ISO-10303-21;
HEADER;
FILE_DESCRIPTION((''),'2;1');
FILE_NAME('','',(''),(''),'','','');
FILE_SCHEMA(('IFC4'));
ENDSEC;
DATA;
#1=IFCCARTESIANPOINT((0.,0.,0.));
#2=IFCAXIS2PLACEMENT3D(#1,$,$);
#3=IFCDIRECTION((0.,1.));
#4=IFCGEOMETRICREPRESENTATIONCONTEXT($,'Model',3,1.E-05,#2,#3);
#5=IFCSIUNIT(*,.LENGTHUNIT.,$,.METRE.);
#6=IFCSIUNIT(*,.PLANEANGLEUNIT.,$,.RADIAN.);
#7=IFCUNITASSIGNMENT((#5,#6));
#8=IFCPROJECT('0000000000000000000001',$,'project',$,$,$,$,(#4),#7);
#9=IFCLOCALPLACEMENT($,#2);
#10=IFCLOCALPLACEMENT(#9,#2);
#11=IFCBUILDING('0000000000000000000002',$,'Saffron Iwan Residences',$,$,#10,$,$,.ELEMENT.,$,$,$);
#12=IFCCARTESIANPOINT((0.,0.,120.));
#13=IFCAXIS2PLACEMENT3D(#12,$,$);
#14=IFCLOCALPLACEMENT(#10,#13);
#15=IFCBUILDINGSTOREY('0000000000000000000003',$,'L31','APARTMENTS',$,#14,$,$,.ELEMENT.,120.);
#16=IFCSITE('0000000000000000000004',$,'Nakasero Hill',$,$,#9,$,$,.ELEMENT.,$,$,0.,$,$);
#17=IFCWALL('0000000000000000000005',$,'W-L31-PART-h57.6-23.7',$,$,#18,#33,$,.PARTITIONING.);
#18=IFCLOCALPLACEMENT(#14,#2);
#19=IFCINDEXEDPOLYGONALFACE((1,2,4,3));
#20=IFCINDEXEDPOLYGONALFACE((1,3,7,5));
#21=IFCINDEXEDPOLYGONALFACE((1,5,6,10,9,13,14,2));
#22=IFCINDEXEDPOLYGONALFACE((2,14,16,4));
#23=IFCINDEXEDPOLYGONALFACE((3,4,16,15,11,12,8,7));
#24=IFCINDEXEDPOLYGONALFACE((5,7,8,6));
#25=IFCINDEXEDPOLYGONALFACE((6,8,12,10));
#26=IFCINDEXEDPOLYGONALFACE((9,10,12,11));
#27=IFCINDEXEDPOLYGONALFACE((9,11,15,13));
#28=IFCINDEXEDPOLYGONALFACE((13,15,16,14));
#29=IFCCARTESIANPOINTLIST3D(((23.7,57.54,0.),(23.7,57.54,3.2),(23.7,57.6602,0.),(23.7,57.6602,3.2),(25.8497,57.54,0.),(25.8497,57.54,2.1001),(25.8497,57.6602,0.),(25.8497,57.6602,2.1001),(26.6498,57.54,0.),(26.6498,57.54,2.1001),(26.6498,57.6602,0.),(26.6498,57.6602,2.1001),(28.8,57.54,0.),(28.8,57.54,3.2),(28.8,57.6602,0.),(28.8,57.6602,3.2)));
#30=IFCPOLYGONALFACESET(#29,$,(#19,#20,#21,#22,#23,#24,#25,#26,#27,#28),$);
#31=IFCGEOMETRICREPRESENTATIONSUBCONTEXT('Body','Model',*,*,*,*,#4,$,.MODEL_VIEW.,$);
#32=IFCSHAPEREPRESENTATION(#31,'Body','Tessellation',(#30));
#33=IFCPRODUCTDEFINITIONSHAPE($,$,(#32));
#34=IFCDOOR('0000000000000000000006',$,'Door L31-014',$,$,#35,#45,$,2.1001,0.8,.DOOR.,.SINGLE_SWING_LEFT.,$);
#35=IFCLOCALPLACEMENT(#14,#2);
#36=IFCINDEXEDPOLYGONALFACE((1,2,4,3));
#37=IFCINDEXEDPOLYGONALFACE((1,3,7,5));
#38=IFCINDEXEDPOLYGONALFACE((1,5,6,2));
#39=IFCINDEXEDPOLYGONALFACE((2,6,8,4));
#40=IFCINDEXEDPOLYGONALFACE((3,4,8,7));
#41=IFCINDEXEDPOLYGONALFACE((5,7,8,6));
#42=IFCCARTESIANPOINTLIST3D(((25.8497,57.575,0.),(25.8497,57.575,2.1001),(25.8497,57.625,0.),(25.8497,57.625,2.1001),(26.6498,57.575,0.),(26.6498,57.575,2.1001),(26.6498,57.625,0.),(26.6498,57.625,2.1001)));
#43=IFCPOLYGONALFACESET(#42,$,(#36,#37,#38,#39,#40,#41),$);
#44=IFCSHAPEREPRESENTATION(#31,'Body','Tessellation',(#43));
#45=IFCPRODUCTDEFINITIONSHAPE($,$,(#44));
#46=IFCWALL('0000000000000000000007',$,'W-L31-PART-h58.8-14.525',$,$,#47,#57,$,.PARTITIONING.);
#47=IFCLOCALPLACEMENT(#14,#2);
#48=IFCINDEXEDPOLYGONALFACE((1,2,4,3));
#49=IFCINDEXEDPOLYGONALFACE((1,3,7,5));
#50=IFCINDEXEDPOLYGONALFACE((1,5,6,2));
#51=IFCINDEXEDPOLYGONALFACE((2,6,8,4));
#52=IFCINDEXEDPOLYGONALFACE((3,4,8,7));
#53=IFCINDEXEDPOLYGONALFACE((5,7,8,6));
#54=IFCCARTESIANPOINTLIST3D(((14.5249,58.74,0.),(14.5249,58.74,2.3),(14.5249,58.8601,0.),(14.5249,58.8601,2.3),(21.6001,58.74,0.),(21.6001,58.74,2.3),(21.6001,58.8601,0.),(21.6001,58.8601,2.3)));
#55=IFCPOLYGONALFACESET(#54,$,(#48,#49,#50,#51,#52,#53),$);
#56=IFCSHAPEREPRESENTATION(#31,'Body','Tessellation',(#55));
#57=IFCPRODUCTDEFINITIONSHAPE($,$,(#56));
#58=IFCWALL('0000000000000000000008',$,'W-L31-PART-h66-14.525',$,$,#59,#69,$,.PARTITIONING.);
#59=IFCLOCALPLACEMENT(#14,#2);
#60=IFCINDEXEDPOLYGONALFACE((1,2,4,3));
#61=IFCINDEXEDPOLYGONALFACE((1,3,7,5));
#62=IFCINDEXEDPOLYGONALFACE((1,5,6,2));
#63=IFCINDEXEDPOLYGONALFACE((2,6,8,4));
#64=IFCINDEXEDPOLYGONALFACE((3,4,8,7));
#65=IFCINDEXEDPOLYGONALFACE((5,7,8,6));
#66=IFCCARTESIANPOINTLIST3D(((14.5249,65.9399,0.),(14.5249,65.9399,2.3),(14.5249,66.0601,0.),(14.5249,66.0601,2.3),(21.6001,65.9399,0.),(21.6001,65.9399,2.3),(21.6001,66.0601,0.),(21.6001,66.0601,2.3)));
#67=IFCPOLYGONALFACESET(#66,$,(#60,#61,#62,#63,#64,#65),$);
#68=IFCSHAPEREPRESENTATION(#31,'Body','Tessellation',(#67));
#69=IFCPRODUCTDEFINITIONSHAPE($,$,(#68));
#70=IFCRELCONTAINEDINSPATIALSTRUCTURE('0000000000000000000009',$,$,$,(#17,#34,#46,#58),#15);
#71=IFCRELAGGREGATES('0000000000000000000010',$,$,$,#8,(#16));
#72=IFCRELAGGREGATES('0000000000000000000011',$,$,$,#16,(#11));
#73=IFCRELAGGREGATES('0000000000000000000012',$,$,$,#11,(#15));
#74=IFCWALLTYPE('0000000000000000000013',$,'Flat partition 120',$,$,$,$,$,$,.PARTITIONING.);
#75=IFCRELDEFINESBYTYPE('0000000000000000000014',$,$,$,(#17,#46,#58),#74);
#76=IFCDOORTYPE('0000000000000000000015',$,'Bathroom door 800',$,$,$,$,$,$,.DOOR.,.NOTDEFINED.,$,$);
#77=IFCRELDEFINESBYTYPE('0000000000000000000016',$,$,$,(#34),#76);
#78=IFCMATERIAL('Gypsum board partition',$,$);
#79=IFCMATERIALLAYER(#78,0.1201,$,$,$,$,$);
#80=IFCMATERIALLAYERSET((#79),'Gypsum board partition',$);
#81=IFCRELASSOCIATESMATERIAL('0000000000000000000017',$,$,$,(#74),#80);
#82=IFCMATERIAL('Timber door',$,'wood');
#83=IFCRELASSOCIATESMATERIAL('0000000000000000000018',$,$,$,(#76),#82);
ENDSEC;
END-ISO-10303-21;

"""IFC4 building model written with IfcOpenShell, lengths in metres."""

from ifc_helpers import new_model, si_unit, direction, frame, frame_2d, origin, place, context, subcontext, project, spatial, rectangle, extrude, material, layer, layer_set, type_object, element, fill, save


model = new_model("IFC4")

# Units and contexts
model_context = context("Model", 3, precision=1e-05, world=origin(), true_north=direction((0.0, 1.0)))
body_context = subcontext(model_context, "Body", "Model", "MODEL_VIEW")
ifc_project = project(units=[si_unit("LENGTHUNIT", "METRE"), si_unit("PLANEANGLEUNIT", "RADIAN")], contexts=[model_context])

# Site, building, storey
site_placement = place(None, origin())
site = spatial("IfcSite", under=ifc_project, at=site_placement, Name="Nakasero Hill", CompositionType="ELEMENT", RefElevation=0.0)
building_placement = place(site_placement, origin())
building = spatial("IfcBuilding", under=site, at=building_placement, Name="Saffron Iwan Residences", CompositionType="ELEMENT")
storey_placement = place(building_placement, frame((0.0, 0.0, 120.0)))
storey = spatial("IfcBuildingStorey", under=building, at=storey_placement, Name="L31", Description="APARTMENTS", CompositionType="ELEMENT", Elevation=120.0)

# Shared definitions
ifc_material_1 = material(Name="Gypsum board partition")
ifc_layer_1 = layer(ifc_material_1, 0.1201)
ifc_layer_set_1 = layer_set([ifc_layer_1], Name="Gypsum board partition")
wall_type_1 = type_object("IfcWallType", Name="Flat partition 120", PredefinedType="PARTITIONING", material=ifc_layer_set_1)

# Shared definitions
ifc_material_2 = material(Name="Timber door", Category="wood")

# Wall, opening, door
wall_1_placement = place(storey_placement, frame((23.7, 57.6001, 0.0), z_axis=(0.0, 0.0, 1.0), x_axis=(1.0, 0.0, 0.0)))
wall_1 = element("IfcWall", 1, at=wall_1_placement, inside=storey, type_object=wall_type_1, Name="W-L31-PART-h57.6-23.7", PredefinedType="PARTITIONING", context=body_context, shape_type="SweptSolid", body=[
    extrude(rectangle(XDim=5.1001, YDim=0.1201, at=frame_2d((2.55, 0.0))), origin(), (0.0, 0.0, 1.0), 3.2),
])
opening_1_placement = place(wall_1_placement, frame((2.1499, 0.0, 0.0)))
opening_1 = element("IfcOpeningElement", 2, at=opening_1_placement, cuts=wall_1, PredefinedType="OPENING", context=body_context, shape_type="SweptSolid", body=[
    extrude(rectangle(XDim=0.8, YDim=2.1001, at=frame_2d((0.3999, 1.05))), frame((0.0, 0.0701, 0.0), z_axis=(0.0, -1.0, 0.0), x_axis=(1.0, 0.0, 0.0)), (0.0, 0.0, 1.0), 0.1401),
])
door_type_1 = type_object("IfcDoorType", Name="Bathroom door 800", OperationType="NOTDEFINED", PredefinedType="DOOR", material=ifc_material_2)
door_1_placement = place(opening_1_placement, origin())
door_1 = element("IfcDoor", 3, at=door_1_placement, inside=storey, type_object=door_type_1, Name="Door L31-014", OperationType="SINGLE_SWING_LEFT", OverallHeight=2.1001, OverallWidth=0.8, PredefinedType="DOOR", context=body_context, shape_type="SweptSolid", body=[
    extrude(rectangle(XDim=0.8, YDim=2.1001, at=frame_2d((0.3999, 1.05))), frame((0.0, 0.0249, 0.0), z_axis=(0.0, -1.0, 0.0), x_axis=(1.0, 0.0, 0.0)), (0.0, 0.0, 1.0), 0.05),
])
fill(opening_1, door_1)

# Walls
for number, where, z_axis, x_axis, name in (
    (4, (14.5249, 58.8, 0.0), (0.0, 0.0, 1.0), (1.0, 0.0, 0.0), "W-L31-PART-h58.8-14.525"),
    (5, (14.5249, 66.0, 0.0), (0.0, 0.0, 1.0), (1.0, 0.0, 0.0), "W-L31-PART-h66-14.525"),
):
    element("IfcWall", number, at=place(storey_placement, frame(where, z_axis=z_axis, x_axis=x_axis)), inside=storey, type_object=wall_type_1, Name=name, PredefinedType="PARTITIONING", context=body_context, shape_type="SweptSolid", body=[
        extrude(rectangle(XDim=7.0752, YDim=0.1201, at=frame_2d((3.5376, 0.0))), origin(), (0.0, 0.0, 1.0), 2.3),
    ])

save(model, "model.ifc")
